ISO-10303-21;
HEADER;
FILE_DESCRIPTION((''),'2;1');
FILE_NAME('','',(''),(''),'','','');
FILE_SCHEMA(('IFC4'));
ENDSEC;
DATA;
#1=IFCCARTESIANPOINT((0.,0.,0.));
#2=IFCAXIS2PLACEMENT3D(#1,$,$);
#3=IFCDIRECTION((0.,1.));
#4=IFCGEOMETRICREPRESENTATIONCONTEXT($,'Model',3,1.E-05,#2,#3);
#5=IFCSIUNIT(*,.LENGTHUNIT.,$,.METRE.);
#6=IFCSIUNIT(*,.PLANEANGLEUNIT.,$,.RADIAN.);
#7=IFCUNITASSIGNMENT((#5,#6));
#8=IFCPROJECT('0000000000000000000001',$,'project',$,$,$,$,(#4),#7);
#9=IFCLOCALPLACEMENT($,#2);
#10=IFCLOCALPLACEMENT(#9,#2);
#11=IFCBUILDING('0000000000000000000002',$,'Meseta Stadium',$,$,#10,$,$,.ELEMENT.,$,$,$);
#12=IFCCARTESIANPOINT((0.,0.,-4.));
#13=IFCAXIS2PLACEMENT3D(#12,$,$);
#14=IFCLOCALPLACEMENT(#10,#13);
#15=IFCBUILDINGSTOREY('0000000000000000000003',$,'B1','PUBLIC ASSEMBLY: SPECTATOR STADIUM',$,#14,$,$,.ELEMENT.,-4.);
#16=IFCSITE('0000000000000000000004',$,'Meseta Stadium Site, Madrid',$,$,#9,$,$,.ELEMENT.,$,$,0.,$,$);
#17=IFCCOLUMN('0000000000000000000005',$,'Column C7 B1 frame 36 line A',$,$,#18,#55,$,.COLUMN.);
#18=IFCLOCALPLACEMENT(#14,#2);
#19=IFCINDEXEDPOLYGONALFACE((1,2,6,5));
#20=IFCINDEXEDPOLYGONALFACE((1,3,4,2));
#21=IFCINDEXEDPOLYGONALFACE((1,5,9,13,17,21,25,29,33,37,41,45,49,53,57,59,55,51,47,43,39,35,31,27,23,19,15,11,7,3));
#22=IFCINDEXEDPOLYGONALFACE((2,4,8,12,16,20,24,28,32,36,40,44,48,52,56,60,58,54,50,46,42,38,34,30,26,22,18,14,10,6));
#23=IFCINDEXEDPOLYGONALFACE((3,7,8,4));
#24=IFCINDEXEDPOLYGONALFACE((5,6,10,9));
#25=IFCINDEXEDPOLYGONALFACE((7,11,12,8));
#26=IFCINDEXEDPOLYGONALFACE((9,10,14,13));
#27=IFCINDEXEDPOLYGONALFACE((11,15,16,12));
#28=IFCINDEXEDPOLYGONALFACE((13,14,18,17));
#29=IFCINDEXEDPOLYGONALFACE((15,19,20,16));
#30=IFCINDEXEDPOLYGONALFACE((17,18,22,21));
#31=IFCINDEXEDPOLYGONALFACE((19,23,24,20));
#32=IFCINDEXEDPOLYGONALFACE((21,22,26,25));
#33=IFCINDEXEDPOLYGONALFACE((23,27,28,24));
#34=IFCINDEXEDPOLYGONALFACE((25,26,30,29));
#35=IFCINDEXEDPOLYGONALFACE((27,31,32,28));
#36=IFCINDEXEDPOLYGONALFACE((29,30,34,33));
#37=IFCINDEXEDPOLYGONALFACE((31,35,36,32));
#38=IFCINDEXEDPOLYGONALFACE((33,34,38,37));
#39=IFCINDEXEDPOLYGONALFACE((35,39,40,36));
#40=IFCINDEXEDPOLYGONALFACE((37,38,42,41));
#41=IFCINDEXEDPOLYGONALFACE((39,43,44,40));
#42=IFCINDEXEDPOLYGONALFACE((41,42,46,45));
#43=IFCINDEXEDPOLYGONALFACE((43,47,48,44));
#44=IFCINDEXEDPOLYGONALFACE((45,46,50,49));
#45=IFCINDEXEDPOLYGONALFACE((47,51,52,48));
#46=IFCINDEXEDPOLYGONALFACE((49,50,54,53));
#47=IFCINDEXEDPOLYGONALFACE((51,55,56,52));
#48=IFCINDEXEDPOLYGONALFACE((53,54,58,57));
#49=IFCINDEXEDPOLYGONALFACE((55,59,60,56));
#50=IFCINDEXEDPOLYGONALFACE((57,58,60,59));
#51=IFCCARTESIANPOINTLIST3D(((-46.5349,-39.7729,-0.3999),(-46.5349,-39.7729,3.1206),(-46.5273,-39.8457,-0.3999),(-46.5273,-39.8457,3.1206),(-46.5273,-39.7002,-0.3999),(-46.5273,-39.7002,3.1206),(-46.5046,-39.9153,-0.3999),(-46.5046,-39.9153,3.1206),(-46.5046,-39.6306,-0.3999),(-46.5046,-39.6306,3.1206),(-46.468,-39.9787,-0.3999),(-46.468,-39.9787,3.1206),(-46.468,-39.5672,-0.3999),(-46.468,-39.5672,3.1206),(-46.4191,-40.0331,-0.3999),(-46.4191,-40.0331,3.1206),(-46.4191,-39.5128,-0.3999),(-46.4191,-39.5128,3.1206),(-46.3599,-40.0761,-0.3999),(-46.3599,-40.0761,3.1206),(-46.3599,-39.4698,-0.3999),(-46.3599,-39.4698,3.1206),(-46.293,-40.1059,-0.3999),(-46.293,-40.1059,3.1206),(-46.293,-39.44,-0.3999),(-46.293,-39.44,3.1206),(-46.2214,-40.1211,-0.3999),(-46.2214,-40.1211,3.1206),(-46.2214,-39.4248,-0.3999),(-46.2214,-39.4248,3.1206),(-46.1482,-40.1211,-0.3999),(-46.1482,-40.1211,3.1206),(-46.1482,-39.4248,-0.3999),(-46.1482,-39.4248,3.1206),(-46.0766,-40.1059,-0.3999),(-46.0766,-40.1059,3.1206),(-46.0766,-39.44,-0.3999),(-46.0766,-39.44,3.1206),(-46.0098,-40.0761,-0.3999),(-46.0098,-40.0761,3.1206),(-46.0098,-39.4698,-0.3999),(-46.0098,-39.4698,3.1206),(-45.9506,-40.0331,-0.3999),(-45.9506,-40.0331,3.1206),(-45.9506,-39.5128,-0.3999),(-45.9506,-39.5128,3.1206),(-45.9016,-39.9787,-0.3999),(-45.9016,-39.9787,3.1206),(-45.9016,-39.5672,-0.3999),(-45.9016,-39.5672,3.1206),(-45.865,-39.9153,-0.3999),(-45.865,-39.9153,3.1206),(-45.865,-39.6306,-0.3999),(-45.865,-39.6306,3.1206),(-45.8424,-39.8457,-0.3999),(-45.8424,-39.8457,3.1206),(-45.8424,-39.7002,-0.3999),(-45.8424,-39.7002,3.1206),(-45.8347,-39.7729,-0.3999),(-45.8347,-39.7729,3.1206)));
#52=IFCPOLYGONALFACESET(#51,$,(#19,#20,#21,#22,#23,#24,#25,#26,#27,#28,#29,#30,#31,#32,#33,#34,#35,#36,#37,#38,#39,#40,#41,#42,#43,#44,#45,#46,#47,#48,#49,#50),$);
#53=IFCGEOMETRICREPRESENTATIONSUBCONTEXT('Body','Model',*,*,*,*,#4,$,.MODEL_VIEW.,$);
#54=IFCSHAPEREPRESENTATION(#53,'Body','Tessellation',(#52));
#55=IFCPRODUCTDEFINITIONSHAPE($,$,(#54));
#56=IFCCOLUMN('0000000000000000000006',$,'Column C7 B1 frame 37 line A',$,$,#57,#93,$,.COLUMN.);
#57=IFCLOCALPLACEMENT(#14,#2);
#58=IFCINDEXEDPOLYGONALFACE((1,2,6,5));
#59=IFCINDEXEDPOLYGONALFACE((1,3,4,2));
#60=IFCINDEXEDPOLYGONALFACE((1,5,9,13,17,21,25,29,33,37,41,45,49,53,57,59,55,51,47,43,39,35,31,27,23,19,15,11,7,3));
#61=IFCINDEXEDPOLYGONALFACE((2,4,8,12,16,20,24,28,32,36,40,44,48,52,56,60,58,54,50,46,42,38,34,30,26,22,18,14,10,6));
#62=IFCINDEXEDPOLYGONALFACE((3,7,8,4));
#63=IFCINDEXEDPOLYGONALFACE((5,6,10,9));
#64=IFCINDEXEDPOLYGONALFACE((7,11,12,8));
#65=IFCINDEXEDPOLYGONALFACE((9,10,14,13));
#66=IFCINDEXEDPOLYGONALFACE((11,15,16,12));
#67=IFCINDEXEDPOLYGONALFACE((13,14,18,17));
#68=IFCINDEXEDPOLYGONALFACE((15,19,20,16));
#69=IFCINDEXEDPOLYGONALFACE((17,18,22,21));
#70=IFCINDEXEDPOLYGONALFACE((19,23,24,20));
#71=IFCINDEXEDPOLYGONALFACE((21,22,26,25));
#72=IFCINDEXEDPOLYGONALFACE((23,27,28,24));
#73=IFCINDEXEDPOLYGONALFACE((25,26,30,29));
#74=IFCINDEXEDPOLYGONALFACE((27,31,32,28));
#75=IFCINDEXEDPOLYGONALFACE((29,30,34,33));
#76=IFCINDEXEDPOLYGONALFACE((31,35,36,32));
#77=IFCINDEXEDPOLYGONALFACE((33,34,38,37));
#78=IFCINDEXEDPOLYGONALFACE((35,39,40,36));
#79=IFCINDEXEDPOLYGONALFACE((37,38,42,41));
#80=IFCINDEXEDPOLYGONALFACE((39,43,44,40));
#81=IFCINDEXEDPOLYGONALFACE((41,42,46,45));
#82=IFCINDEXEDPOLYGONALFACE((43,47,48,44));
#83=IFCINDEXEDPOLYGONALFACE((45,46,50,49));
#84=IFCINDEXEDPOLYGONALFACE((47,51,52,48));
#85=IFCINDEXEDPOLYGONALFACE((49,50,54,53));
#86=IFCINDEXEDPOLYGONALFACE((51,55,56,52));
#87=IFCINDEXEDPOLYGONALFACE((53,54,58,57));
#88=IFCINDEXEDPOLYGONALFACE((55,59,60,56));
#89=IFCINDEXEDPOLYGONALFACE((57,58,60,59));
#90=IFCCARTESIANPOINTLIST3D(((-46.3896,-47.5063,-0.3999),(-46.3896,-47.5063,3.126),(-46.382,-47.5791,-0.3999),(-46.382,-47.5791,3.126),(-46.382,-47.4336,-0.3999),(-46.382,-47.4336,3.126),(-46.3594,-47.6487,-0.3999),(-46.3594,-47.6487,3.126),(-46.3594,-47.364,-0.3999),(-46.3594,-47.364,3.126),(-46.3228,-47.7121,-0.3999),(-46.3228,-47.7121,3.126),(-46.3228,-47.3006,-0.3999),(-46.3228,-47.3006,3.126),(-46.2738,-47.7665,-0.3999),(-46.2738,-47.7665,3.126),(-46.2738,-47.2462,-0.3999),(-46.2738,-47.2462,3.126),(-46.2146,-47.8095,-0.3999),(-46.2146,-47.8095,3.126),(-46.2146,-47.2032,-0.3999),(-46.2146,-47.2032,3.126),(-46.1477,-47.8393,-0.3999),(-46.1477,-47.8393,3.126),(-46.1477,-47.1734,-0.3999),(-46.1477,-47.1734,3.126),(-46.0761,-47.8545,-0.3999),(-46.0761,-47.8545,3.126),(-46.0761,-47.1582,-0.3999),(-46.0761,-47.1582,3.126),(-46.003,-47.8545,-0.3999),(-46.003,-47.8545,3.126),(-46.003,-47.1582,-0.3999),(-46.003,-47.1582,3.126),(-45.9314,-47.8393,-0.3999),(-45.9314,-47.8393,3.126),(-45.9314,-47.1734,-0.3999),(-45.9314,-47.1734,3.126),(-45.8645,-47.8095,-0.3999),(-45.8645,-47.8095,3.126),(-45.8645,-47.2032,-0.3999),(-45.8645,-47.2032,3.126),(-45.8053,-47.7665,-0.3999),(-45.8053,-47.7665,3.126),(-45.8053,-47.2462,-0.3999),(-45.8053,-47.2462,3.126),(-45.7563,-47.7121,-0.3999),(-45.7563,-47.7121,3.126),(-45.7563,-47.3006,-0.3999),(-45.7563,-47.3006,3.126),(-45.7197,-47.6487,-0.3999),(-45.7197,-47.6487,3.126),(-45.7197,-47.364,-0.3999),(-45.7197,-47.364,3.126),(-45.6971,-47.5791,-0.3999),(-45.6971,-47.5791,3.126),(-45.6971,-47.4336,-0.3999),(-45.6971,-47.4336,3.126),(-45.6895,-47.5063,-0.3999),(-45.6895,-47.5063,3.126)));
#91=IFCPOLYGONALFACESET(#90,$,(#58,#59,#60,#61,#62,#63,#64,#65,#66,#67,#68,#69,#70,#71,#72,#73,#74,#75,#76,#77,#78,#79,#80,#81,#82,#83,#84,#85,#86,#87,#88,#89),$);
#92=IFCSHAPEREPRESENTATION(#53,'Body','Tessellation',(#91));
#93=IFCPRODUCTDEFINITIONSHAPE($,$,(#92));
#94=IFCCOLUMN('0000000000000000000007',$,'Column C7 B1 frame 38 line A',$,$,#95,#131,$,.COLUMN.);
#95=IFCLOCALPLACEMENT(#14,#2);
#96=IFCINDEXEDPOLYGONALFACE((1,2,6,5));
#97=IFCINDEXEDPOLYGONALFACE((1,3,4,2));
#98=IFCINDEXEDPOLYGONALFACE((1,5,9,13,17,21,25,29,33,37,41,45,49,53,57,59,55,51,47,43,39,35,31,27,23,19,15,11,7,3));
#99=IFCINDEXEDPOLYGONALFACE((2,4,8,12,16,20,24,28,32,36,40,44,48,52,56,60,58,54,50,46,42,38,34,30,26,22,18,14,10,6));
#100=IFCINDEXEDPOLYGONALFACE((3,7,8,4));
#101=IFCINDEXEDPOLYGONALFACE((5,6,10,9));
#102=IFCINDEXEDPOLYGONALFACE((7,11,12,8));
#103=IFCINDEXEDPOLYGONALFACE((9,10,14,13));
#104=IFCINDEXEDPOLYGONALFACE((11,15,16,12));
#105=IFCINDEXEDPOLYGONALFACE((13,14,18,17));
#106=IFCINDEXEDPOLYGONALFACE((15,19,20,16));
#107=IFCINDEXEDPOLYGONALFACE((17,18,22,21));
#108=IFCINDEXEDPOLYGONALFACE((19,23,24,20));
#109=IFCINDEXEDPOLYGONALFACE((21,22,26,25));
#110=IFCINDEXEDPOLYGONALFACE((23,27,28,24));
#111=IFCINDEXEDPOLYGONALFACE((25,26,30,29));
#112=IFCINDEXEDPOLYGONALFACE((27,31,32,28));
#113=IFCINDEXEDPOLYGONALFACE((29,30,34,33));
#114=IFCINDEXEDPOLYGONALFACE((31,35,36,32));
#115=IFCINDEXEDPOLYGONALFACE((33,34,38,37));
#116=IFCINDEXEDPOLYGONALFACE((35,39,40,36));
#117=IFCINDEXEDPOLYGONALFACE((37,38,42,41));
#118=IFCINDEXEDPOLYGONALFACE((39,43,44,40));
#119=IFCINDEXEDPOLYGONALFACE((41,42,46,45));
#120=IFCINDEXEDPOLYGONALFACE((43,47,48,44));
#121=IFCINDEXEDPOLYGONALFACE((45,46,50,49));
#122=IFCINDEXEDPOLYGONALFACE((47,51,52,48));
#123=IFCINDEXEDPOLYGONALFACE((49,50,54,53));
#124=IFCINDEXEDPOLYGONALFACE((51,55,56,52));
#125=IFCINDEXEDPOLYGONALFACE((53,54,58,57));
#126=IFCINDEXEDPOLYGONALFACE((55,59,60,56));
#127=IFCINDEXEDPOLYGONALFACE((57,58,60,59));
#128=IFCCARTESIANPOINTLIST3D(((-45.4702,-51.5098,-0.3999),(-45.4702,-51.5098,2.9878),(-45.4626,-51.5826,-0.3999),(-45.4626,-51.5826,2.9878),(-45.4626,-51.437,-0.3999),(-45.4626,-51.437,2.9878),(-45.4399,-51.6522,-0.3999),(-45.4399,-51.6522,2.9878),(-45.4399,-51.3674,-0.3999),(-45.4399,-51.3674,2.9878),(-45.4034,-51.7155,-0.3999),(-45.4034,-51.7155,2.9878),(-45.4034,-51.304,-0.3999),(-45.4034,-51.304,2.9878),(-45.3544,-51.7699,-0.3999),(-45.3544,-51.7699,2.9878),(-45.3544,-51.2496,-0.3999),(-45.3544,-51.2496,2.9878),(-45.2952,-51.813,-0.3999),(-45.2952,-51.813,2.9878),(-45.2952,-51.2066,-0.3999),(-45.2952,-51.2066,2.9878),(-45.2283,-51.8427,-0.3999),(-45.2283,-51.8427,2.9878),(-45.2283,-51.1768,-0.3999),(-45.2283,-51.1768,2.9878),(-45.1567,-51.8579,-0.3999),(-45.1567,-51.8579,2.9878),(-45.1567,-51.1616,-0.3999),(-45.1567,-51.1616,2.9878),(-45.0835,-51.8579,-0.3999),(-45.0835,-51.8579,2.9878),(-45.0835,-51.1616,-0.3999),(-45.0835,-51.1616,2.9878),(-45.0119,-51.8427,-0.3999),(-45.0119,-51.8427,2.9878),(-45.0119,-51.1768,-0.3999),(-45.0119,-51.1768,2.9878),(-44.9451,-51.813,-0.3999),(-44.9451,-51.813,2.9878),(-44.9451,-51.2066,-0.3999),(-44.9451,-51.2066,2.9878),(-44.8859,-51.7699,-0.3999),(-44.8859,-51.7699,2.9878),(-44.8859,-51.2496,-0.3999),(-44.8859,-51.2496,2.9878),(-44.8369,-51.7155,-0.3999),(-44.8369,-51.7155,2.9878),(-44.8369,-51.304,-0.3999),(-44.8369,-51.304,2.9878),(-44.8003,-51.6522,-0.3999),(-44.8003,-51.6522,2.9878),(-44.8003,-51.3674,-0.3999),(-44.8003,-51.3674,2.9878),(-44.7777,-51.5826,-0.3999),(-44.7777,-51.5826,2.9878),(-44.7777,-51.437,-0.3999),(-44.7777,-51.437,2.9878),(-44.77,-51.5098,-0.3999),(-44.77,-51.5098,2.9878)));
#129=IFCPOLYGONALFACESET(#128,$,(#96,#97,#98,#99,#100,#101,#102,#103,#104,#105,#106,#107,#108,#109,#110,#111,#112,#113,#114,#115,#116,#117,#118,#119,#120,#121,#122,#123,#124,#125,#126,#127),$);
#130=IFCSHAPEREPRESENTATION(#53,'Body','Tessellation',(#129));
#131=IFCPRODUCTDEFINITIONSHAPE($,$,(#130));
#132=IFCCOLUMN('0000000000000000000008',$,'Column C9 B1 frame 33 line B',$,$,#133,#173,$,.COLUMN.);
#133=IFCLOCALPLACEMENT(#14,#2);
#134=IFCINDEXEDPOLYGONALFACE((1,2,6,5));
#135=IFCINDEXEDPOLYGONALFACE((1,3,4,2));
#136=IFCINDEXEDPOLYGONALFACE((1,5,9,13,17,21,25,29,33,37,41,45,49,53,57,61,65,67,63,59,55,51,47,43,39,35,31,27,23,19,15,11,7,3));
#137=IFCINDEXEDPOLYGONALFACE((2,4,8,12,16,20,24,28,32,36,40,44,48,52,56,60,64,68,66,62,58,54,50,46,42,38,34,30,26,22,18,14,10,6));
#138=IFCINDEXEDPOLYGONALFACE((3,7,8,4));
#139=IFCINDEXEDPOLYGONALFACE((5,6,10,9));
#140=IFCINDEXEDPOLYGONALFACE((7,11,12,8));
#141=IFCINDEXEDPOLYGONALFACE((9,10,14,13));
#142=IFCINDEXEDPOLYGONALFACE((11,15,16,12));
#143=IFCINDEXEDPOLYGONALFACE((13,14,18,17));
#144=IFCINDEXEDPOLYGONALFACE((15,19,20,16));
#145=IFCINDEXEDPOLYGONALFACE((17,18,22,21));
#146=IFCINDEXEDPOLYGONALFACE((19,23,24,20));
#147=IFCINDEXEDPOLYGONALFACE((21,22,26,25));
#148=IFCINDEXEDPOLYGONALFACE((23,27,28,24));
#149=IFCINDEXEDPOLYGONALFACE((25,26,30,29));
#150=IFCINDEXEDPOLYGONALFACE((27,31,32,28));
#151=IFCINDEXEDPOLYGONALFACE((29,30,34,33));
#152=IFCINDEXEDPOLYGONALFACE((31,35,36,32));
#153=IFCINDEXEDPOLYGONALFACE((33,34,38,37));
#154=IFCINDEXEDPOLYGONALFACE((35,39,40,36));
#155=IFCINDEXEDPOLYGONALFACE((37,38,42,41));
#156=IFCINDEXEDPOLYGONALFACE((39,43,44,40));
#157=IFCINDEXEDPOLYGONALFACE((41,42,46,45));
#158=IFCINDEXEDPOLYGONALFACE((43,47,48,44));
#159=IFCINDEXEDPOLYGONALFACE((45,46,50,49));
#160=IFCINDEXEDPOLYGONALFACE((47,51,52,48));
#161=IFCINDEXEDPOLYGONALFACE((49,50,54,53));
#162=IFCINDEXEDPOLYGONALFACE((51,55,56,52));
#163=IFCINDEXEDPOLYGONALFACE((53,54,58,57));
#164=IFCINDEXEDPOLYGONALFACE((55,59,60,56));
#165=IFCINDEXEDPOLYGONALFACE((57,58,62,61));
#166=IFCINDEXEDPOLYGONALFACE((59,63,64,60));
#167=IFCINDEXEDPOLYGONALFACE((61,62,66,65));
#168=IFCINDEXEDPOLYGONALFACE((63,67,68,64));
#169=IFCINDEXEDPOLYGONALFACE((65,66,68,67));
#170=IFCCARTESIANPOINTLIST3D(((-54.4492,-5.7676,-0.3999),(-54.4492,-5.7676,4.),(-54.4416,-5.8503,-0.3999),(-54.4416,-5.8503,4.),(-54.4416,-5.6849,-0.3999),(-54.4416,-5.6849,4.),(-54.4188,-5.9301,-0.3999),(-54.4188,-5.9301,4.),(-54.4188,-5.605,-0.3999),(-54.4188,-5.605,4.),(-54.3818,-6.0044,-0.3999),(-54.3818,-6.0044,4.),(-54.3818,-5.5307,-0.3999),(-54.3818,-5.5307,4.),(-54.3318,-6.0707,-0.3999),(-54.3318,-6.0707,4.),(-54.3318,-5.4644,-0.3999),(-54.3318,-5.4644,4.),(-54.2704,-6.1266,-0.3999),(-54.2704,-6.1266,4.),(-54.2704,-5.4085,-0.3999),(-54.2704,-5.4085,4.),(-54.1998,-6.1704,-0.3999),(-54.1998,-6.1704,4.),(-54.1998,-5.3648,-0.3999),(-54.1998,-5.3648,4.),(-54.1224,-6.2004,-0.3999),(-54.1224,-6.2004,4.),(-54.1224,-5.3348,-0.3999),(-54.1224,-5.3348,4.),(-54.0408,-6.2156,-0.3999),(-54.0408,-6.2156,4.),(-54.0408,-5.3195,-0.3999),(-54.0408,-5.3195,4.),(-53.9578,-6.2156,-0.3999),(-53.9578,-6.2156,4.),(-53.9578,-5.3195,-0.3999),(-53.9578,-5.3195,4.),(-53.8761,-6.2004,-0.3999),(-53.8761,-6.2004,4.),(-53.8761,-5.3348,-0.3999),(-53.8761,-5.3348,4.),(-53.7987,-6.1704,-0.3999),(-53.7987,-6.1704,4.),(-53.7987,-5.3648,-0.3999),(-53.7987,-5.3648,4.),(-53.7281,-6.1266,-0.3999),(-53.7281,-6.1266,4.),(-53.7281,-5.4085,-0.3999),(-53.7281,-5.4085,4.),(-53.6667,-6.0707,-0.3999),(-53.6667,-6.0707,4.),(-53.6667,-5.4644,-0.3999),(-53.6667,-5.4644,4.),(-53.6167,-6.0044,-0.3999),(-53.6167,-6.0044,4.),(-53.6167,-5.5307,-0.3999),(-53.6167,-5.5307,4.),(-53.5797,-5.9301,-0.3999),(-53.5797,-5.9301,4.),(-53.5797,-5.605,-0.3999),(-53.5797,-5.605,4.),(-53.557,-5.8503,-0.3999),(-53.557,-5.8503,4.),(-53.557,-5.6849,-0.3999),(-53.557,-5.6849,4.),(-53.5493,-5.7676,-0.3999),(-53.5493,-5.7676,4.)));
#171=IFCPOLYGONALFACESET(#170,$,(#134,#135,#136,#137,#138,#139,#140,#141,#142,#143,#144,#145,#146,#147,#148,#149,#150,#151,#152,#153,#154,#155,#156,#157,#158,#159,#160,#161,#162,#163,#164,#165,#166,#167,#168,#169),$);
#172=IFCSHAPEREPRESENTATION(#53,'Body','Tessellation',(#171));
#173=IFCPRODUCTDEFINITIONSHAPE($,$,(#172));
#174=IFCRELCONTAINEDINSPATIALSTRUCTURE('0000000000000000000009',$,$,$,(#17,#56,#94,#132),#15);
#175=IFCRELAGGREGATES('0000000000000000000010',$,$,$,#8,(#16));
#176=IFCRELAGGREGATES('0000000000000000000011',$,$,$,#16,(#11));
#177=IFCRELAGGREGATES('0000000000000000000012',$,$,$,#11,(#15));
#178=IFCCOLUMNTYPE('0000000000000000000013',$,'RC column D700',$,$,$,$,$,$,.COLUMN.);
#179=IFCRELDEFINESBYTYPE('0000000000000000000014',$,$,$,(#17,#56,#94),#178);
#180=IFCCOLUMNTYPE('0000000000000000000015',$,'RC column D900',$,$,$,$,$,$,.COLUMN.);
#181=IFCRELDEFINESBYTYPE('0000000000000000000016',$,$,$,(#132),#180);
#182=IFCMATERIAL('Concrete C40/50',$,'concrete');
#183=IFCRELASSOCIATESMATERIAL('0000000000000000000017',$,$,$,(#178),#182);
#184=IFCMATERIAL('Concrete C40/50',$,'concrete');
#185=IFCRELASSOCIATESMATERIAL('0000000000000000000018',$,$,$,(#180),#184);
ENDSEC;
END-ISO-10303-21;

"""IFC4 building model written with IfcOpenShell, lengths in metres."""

from ifc_helpers import new_model, si_unit, direction, frame, origin, origin_2d, place, context, subcontext, project, spatial, circle, extrude, material, material_profile, profile_set, type_object, element, save


model = new_model("IFC4")

# Units and contexts
model_context = context("Model", 3, precision=1e-05, world=origin(), true_north=direction((0.0, 1.0)))
body_context = subcontext(model_context, "Body", "Model", "MODEL_VIEW")
ifc_project = project(units=[si_unit("LENGTHUNIT", "METRE"), si_unit("PLANEANGLEUNIT", "RADIAN")], contexts=[model_context])

# Site, building, storey
site_placement = place(None, origin())
site = spatial("IfcSite", under=ifc_project, at=site_placement, Name="Meseta Stadium Site, Madrid", CompositionType="ELEMENT", RefElevation=0.0)
building_placement = place(site_placement, origin())
building = spatial("IfcBuilding", under=site, at=building_placement, Name="Meseta Stadium", CompositionType="ELEMENT")
storey_placement = place(building_placement, frame((0.0, 0.0, -4.0)))
storey = spatial("IfcBuildingStorey", under=building, at=storey_placement, Name="B1", Description="PUBLIC ASSEMBLY: SPECTATOR STADIUM", CompositionType="ELEMENT", Elevation=-4.0)

# Columns
ifc_material_1 = material(Name="Concrete C40/50", Category="concrete")
ifc_material_profile_1 = material_profile(ifc_material_1, circle(Radius=0.3501, at=origin_2d()), Name="RC D700")
ifc_profile_set_1 = profile_set([ifc_material_profile_1], Name="Concrete C40/50")
column_type_1 = type_object("IfcColumnType", Name="RC column D700", PredefinedType="COLUMN", material=ifc_profile_set_1)
column_1_placement = place(storey_placement, frame((-46.1848, -39.7729, -0.3999), z_axis=(0.0, 0.0, 1.0), x_axis=(1.0, 0.0, 0.0)))
element("IfcColumn", 1, at=column_1_placement, inside=storey, type_object=column_type_1, Name="Column C7 B1 frame 36 line A", PredefinedType="COLUMN", context=body_context, shape_type="SweptSolid", body=[
    extrude(circle(Radius=0.3501, at=origin_2d()), origin(), (0.0, 0.0, 1.0), 3.5205),
])
column_2_placement = place(storey_placement, frame((-46.0396, -47.5063, -0.3999), z_axis=(0.0, 0.0, 1.0), x_axis=(1.0, 0.0, 0.0)))
element("IfcColumn", 2, at=column_2_placement, inside=storey, type_object=column_type_1, Name="Column C7 B1 frame 37 line A", PredefinedType="COLUMN", context=body_context, shape_type="SweptSolid", body=[
    extrude(circle(Radius=0.3501, at=origin_2d()), origin(), (0.0, 0.0, 1.0), 3.5259),
])
column_3_placement = place(storey_placement, frame((-45.1201, -51.5098, -0.3999), z_axis=(0.0, 0.0, 1.0), x_axis=(1.0, 0.0, 0.0)))
element("IfcColumn", 3, at=column_3_placement, inside=storey, type_object=column_type_1, Name="Column C7 B1 frame 38 line A", PredefinedType="COLUMN", context=body_context, shape_type="SweptSolid", body=[
    extrude(circle(Radius=0.3501, at=origin_2d()), origin(), (0.0, 0.0, 1.0), 3.3877),
])
ifc_material_2 = material(Name="Concrete C40/50", Category="concrete")
ifc_material_profile_2 = material_profile(ifc_material_2, circle(Radius=0.45, at=origin_2d()), Name="RC D900")
ifc_profile_set_2 = profile_set([ifc_material_profile_2], Name="Concrete C40/50")
column_type_2 = type_object("IfcColumnType", Name="RC column D900", PredefinedType="COLUMN", material=ifc_profile_set_2)
for number, where, z_axis, x_axis, name in (
    (4, (-53.9993, -5.7676, -0.3999), (0.0, 0.0, 1.0), (1.0, 0.0, 0.0), "Column C9 B1 frame 33 line B"),
):
    element("IfcColumn", number, at=place(storey_placement, frame(where, z_axis=z_axis, x_axis=x_axis)), inside=storey, type_object=column_type_2, Name=name, PredefinedType="COLUMN", context=body_context, shape_type="SweptSolid", body=[
        extrude(circle(Radius=0.45, at=origin_2d()), origin(), (0.0, 0.0, 1.0), 4.3999),
    ])

save(model, "model.ifc")
